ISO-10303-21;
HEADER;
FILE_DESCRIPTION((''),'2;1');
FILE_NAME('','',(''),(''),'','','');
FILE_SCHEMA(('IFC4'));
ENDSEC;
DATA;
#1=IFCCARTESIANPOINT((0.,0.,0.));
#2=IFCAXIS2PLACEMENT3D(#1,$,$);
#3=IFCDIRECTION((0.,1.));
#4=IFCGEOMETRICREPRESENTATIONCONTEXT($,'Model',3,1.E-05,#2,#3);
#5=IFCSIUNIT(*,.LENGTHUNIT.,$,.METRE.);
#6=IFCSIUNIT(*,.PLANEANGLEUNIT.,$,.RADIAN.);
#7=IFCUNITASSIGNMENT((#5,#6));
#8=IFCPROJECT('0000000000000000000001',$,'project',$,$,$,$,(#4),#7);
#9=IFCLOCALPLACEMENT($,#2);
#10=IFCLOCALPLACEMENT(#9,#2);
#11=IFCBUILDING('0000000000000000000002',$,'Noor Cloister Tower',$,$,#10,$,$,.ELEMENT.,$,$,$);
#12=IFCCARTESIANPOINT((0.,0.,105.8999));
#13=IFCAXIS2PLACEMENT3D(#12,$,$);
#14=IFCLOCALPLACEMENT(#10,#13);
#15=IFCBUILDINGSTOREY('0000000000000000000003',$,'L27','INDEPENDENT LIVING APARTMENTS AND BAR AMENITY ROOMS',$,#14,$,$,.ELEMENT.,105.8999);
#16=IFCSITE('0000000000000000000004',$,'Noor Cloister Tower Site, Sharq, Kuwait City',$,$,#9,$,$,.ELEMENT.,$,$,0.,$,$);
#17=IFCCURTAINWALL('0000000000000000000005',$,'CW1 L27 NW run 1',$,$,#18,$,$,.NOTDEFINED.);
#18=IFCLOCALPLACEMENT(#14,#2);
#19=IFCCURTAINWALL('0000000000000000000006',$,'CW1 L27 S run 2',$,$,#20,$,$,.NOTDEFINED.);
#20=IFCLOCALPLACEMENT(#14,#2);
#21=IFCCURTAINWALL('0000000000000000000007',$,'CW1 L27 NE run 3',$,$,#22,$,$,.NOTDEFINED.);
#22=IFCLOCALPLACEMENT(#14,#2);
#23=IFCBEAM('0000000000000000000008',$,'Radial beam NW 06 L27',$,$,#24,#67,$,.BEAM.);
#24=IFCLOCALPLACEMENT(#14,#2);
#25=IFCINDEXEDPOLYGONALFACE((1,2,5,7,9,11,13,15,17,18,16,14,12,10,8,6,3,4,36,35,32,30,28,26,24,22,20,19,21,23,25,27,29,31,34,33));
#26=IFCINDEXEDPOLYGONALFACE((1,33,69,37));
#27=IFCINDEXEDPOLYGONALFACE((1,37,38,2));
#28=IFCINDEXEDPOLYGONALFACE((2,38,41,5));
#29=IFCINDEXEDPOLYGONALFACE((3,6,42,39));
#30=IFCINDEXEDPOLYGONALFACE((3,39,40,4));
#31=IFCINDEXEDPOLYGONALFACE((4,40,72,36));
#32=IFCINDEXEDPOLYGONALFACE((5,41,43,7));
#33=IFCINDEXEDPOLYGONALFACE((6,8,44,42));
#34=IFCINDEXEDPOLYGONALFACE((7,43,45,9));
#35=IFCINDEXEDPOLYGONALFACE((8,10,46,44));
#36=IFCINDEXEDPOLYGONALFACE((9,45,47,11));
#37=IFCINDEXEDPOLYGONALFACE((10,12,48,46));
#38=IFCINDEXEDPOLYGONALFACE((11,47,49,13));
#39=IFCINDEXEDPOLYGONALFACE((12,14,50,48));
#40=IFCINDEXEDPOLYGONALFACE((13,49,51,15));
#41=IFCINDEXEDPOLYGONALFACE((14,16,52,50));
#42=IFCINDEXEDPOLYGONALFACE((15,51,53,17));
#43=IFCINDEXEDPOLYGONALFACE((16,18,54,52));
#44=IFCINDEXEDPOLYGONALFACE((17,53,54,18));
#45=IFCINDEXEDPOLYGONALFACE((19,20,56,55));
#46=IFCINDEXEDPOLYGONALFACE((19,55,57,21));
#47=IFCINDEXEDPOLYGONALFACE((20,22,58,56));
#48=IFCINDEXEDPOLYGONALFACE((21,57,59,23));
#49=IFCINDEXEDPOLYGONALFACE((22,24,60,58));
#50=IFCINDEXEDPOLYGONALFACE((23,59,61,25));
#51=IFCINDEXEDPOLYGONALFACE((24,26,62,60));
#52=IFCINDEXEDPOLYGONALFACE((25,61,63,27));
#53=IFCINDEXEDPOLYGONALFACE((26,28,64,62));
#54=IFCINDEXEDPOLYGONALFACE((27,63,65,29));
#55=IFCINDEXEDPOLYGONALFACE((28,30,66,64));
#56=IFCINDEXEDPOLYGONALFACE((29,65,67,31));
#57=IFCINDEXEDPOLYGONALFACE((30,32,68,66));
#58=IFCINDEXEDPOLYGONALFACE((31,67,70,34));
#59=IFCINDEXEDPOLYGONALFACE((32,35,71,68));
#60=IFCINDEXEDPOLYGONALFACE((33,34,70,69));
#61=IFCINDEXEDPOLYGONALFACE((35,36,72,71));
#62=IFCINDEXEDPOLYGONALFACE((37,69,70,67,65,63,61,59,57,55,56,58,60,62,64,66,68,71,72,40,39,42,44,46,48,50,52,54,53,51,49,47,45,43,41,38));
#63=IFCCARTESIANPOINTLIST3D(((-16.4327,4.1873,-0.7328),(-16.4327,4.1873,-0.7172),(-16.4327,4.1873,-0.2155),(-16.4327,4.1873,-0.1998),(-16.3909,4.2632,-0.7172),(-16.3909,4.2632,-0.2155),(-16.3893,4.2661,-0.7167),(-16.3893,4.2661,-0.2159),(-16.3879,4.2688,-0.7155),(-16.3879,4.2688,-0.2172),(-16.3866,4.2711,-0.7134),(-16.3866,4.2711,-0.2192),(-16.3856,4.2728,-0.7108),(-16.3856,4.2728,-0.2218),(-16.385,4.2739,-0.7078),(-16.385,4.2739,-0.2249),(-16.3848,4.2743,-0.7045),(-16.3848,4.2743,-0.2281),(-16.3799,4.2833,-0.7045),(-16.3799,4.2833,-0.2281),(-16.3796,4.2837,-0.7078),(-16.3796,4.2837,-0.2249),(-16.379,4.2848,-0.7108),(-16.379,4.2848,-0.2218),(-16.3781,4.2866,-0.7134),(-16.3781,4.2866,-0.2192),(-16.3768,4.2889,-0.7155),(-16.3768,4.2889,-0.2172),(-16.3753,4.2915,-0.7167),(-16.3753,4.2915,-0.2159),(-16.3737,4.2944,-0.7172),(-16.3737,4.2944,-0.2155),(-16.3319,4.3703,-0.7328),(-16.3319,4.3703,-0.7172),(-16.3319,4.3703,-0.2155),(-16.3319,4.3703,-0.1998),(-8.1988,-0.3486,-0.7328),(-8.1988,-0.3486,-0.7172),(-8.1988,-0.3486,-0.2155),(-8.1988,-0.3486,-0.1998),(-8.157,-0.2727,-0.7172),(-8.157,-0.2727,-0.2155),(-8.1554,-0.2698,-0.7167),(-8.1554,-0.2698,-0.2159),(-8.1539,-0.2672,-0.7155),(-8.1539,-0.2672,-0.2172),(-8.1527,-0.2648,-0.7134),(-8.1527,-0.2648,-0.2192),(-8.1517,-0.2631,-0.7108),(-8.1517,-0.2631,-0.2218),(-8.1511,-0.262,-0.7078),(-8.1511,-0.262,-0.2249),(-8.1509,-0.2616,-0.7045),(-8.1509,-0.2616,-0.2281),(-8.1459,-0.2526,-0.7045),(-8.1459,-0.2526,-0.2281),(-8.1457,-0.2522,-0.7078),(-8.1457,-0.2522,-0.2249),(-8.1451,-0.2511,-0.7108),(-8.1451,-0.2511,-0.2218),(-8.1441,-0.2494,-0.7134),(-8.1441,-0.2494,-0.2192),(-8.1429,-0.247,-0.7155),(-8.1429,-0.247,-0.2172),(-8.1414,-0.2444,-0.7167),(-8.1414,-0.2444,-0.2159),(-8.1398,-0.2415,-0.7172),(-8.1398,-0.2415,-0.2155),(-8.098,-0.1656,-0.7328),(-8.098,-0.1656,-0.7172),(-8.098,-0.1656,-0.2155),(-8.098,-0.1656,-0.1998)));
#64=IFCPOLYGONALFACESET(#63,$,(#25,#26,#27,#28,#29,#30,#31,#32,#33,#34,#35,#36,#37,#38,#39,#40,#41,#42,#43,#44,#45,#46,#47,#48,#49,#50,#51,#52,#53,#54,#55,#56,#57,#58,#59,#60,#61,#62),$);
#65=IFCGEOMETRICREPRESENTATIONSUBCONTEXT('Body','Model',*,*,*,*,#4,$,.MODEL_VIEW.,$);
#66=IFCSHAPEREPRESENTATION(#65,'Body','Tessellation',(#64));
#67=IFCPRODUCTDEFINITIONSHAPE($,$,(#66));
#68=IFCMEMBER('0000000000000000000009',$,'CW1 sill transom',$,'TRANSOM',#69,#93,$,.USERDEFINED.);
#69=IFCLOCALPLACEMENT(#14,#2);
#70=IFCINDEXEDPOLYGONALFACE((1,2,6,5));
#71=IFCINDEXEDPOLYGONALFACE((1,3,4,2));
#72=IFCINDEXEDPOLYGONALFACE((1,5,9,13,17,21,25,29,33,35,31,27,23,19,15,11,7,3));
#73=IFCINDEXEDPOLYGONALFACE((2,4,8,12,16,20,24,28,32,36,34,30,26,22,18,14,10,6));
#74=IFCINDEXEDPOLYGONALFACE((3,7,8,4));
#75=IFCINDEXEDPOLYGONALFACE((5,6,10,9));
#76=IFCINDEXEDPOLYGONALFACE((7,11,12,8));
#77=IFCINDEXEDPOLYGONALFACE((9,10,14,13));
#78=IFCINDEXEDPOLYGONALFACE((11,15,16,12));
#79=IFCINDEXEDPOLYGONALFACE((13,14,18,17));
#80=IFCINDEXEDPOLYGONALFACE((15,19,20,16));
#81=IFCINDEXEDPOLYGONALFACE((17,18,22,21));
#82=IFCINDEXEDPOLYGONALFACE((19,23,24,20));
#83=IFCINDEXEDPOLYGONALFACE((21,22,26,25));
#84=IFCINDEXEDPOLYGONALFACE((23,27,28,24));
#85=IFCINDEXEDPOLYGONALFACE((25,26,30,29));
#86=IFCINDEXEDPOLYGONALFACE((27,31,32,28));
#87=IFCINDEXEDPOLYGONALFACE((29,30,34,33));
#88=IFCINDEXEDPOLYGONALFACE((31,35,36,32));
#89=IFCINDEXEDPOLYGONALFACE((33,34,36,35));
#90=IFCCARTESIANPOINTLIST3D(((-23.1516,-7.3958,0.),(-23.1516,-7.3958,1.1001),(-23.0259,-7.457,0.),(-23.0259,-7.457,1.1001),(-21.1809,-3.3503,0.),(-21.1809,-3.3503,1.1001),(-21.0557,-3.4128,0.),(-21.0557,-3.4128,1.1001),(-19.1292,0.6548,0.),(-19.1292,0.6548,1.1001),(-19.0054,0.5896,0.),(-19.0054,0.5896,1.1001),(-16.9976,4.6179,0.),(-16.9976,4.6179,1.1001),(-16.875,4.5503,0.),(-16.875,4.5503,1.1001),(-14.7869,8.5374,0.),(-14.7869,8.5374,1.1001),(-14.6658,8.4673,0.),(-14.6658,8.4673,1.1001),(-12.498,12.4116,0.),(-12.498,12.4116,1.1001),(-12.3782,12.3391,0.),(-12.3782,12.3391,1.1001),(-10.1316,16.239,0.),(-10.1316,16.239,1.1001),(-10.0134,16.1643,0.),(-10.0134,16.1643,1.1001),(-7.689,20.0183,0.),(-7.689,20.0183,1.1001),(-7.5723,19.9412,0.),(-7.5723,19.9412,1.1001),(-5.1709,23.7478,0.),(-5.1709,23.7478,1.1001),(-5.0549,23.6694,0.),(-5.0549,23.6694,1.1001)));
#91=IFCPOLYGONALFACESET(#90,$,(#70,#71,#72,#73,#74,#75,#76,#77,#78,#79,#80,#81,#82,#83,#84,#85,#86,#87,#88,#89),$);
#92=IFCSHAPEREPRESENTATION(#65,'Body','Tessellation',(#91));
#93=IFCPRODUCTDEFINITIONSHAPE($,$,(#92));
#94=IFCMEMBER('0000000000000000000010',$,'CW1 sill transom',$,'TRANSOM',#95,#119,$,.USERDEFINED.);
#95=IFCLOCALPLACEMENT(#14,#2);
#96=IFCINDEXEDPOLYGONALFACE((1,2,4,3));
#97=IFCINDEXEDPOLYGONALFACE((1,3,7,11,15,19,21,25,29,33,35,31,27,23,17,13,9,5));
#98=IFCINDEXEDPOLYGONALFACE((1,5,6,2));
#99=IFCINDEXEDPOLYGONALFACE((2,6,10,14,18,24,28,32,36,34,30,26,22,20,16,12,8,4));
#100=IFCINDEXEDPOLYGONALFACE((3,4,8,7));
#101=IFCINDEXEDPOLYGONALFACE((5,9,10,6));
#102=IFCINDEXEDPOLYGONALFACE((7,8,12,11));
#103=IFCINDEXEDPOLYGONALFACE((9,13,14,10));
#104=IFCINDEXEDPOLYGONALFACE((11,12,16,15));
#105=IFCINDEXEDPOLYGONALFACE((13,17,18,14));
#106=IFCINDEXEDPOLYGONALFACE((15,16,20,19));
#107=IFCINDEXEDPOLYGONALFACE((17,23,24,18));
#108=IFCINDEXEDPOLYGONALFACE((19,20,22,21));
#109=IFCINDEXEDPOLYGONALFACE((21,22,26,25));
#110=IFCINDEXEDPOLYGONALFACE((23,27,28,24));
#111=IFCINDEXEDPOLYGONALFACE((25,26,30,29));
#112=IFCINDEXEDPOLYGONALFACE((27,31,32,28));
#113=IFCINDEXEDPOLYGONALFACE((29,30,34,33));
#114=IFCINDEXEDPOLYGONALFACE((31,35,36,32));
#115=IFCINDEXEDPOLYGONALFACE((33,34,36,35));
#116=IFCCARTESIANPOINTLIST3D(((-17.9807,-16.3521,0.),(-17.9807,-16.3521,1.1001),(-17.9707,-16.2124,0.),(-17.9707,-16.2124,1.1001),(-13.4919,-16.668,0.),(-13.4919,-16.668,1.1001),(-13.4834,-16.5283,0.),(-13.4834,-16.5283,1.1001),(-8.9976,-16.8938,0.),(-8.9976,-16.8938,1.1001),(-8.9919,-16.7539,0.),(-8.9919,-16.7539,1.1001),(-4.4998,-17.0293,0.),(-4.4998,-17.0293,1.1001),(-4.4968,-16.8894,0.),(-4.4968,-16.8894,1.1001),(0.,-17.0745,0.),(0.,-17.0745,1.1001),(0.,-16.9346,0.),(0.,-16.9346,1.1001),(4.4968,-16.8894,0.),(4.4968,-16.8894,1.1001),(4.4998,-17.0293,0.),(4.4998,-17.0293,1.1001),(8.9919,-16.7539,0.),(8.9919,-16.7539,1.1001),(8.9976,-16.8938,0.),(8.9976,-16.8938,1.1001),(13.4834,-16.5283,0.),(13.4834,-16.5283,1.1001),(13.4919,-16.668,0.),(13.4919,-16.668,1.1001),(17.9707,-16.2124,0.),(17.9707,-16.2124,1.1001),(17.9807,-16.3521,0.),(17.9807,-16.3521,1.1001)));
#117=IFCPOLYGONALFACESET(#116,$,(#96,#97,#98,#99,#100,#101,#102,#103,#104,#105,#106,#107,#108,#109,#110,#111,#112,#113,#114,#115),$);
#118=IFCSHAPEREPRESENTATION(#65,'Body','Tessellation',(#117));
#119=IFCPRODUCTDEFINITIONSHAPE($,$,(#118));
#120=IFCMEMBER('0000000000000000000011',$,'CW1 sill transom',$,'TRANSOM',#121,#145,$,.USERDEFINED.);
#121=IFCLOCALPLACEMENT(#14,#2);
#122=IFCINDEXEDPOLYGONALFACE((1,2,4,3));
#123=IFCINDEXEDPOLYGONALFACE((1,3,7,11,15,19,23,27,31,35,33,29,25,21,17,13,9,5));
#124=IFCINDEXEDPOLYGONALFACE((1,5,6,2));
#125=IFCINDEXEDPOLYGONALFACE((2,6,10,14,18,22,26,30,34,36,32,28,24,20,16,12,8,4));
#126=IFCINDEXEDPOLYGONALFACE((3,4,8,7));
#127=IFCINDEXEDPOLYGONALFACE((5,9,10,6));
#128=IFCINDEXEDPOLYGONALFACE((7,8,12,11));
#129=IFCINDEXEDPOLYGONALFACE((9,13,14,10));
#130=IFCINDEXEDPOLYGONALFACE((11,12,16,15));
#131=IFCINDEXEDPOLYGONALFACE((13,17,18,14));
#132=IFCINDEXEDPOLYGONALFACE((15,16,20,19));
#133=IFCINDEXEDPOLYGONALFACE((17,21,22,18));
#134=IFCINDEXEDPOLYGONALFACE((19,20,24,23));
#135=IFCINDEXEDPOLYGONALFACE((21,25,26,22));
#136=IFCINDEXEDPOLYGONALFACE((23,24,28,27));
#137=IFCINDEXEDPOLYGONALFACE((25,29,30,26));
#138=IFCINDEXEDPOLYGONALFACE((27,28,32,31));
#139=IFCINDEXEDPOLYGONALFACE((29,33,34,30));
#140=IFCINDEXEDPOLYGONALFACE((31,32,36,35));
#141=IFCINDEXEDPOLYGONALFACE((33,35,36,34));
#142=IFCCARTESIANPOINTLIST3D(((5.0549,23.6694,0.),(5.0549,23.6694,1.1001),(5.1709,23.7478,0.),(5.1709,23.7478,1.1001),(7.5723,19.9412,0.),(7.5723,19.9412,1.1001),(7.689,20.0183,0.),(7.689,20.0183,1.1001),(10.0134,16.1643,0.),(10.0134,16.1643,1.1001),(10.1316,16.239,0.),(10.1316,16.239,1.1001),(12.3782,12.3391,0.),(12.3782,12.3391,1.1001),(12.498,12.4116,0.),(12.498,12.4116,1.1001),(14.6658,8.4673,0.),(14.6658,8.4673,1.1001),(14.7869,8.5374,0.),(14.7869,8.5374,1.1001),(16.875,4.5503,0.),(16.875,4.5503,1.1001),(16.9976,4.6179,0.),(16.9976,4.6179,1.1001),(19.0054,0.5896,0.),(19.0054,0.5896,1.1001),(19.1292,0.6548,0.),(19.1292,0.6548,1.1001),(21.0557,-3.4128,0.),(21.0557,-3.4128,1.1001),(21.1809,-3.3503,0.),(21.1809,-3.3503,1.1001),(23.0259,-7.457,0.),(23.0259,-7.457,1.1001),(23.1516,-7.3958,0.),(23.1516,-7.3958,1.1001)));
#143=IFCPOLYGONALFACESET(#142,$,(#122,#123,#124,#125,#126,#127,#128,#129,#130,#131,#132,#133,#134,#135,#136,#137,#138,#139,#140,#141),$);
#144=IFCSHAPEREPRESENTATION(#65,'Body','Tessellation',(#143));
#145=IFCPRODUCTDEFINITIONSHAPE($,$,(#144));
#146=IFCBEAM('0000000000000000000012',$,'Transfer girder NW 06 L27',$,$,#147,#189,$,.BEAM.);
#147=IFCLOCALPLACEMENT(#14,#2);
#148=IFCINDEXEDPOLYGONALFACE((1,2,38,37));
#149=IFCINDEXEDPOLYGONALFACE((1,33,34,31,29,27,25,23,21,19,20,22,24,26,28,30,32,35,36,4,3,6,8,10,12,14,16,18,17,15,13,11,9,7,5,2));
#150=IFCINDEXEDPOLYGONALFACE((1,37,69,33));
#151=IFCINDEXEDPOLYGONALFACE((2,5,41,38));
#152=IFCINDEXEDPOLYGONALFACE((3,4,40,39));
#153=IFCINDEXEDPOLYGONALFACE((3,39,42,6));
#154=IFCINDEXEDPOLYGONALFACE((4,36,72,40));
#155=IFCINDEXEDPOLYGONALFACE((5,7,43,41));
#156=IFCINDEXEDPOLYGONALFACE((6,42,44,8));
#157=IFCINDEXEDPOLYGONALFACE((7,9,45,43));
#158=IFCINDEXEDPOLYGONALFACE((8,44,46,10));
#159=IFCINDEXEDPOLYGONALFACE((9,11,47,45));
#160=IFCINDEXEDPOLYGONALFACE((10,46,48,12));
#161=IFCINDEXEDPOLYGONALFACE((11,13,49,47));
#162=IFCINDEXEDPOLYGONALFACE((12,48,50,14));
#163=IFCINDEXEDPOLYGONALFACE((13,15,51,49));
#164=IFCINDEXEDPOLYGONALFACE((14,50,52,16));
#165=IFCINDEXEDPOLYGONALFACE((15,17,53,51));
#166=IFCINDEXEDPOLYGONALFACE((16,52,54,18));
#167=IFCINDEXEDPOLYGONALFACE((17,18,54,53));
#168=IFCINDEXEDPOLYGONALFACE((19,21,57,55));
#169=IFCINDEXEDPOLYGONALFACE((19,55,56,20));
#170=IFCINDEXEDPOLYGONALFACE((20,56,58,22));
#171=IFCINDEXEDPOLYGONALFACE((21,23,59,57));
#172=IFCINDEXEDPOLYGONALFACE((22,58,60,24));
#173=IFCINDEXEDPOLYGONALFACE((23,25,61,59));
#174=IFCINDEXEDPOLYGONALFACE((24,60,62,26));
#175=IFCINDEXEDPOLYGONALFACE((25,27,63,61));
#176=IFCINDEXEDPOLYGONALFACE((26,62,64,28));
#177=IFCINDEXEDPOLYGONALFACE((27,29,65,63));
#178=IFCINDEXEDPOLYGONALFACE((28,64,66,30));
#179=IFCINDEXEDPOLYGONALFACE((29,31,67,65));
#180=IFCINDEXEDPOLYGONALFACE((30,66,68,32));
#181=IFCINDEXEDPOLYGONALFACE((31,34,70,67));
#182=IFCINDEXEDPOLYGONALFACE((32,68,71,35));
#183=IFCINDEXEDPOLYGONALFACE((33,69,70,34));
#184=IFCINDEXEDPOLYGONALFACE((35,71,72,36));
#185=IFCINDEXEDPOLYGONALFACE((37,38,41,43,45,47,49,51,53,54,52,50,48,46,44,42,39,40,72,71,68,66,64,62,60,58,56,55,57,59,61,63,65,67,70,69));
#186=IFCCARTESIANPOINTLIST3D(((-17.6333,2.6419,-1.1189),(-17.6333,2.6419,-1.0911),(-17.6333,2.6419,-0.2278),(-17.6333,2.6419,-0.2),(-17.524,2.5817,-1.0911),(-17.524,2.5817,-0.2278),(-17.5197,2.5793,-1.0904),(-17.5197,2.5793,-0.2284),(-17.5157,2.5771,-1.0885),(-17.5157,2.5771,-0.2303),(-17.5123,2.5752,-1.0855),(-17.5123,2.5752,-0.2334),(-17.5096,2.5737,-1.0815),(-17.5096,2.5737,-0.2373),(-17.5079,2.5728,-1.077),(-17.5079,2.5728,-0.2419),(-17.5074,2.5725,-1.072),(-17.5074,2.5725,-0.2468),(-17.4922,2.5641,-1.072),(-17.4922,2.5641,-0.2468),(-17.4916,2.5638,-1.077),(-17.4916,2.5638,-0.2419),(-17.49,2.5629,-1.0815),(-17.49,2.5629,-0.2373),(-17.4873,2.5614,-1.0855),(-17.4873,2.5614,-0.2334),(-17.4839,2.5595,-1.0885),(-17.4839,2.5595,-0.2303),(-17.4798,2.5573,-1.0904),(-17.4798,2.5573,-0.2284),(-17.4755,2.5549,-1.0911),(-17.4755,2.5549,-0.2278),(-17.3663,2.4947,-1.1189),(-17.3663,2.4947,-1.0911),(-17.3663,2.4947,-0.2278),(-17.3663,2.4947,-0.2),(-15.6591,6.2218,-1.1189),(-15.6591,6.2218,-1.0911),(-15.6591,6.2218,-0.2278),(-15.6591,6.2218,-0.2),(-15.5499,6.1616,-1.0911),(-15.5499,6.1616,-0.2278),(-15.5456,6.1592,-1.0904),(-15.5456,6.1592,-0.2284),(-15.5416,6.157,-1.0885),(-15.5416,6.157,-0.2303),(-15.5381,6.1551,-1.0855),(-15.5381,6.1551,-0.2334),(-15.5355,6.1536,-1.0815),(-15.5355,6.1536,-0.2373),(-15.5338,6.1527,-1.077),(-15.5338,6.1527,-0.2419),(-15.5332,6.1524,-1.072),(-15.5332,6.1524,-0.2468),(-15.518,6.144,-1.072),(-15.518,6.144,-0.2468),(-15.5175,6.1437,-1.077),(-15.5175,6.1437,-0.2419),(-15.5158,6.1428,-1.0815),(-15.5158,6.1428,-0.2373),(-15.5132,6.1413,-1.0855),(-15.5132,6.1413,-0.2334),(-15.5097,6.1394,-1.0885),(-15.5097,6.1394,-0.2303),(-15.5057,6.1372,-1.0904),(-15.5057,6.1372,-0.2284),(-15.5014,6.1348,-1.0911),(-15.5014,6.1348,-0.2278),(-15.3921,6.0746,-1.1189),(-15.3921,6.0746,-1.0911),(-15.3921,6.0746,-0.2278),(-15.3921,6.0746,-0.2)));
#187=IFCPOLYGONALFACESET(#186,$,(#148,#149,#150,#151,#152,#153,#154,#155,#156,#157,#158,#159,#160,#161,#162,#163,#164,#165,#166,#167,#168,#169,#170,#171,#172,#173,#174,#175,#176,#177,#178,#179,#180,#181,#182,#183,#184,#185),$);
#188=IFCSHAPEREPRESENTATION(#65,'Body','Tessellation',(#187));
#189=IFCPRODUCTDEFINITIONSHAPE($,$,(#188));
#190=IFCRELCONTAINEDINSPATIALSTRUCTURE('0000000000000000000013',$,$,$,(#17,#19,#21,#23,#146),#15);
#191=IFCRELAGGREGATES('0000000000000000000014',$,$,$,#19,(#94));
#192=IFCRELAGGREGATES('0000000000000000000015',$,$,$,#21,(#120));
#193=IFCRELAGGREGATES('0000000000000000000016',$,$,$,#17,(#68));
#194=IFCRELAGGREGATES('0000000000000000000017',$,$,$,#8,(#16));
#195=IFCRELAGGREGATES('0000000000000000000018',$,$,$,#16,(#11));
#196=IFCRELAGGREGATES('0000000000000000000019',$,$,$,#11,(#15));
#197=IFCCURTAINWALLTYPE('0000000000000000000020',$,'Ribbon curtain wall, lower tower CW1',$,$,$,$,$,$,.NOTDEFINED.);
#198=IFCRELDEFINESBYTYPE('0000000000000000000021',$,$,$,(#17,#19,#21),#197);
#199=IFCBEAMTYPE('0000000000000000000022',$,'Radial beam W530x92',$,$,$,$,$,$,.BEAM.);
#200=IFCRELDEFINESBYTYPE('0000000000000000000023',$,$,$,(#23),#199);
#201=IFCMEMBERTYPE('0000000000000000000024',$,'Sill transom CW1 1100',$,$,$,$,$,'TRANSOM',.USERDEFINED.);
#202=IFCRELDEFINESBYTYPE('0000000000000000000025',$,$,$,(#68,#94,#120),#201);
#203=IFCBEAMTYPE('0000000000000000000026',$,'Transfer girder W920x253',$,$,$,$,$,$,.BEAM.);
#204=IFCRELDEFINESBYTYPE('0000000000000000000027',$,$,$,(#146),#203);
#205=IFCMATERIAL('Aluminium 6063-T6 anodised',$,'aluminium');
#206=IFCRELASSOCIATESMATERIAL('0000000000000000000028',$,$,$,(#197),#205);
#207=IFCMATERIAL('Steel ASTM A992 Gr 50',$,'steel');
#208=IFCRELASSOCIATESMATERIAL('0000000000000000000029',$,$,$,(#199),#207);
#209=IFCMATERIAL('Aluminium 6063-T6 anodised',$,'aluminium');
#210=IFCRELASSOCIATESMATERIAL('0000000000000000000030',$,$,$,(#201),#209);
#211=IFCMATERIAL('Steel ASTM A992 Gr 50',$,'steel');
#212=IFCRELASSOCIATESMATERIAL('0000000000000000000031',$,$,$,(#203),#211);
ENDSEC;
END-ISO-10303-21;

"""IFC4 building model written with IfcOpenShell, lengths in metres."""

from ifc_helpers import new_model, si_unit, direction, frame, origin, origin_2d, place, context, subcontext, project, spatial, polyline, i_section, outline, extrude, material, material_profile, profile_set, type_object, element, aggregate, save


model = new_model("IFC4")

# Units and contexts
model_context = context("Model", 3, precision=1e-05, world=origin(), true_north=direction((0.0, 1.0)))
body_context = subcontext(model_context, "Body", "Model", "MODEL_VIEW")
ifc_project = project(units=[si_unit("LENGTHUNIT", "METRE"), si_unit("PLANEANGLEUNIT", "RADIAN")], contexts=[model_context])

# Site, building, storey
site_placement = place(None, origin())
site = spatial("IfcSite", under=ifc_project, at=site_placement, Name="Noor Cloister Tower Site, Sharq, Kuwait City", CompositionType="ELEMENT", RefElevation=0.0)
building_placement = place(site_placement, origin())
building = spatial("IfcBuilding", under=site, at=building_placement, Name="Noor Cloister Tower", CompositionType="ELEMENT")
storey_placement = place(building_placement, frame((0.0, 0.0, 105.8999)))
storey = spatial("IfcBuildingStorey", under=building, at=storey_placement, Name="L27", Description="INDEPENDENT LIVING APARTMENTS AND BAR AMENITY ROOMS", CompositionType="ELEMENT", Elevation=105.8999)

# Curtain walls
ifc_material_1 = material(Name="Aluminium 6063-T6 anodised", Category="aluminium")
curtain_wall_type = type_object("IfcCurtainWallType", Name="Ribbon curtain wall, lower tower CW1", PredefinedType="NOTDEFINED", material=ifc_material_1)
curtain_wall_1_placement = place(storey_placement, origin())
curtain_wall_1 = element("IfcCurtainWall", 1, at=curtain_wall_1_placement, inside=storey, type_object=curtain_wall_type, Name="CW1 L27 NW run 1", PredefinedType="NOTDEFINED")
curtain_wall_2_placement = place(storey_placement, origin())
curtain_wall_2 = element("IfcCurtainWall", 2, at=curtain_wall_2_placement, inside=storey, type_object=curtain_wall_type, Name="CW1 L27 S run 2", PredefinedType="NOTDEFINED")
curtain_wall_3_placement = place(storey_placement, origin())
curtain_wall_3 = element("IfcCurtainWall", 3, at=curtain_wall_3_placement, inside=storey, type_object=curtain_wall_type, Name="CW1 L27 NE run 3", PredefinedType="NOTDEFINED")

# Beam
ifc_material_2 = material(Name="Steel ASTM A992 Gr 50", Category="steel")
ifc_material_profile_1 = material_profile(ifc_material_2, i_section(OverallWidth=0.209, OverallDepth=0.533, WebThickness=0.0103, FlangeThickness=0.0156, FilletRadius=0.0127, at=origin_2d()), Name="W530x92")
ifc_profile_set_1 = profile_set([ifc_material_profile_1], Name="Steel ASTM A992 Gr 50")
beam_type_1 = type_object("IfcBeamType", Name="Radial beam W530x92", PredefinedType="BEAM", material=ifc_profile_set_1)
beam_1_placement = place(storey_placement, frame((-16.3823, 4.2788, -0.4663), z_axis=(0.87589, -0.482511, 0.0), x_axis=(0.482511, 0.87589, 0.0)))
element("IfcBeam", 4, at=beam_1_placement, inside=storey, type_object=beam_type_1, Name="Radial beam NW 06 L27", PredefinedType="BEAM", context=body_context, shape_type="SweptSolid", body=[
    extrude(i_section(OverallWidth=0.209, OverallDepth=0.533, WebThickness=0.0103, FlangeThickness=0.0156, FilletRadius=0.0127, at=origin_2d()), origin(), (0.0, 0.0, 1.0), 9.4006),
])

# Members
ifc_material_3 = material(Name="Aluminium 6063-T6 anodised", Category="aluminium")
member_type_1 = type_object("IfcMemberType", Name="Sill transom CW1 1100", ElementType="TRANSOM", PredefinedType="USERDEFINED", material=ifc_material_3)
member_1_placement = place(storey_placement, origin())
member_1 = element("IfcMember", 5, at=member_1_placement, type_object=member_type_1, Name="CW1 sill transom", ObjectType="TRANSOM", PredefinedType="USERDEFINED", context=body_context, shape_type="SweptSolid", body=[
    extrude(outline(polyline([(-5.1709, 23.7478), (-7.689, 20.0183), (-10.1316, 16.239), (-12.498, 12.4116), (-14.7869, 8.5374), (-16.9976, 4.6179), (-19.1292, 0.6548), (-21.1809, -3.3503), (-23.1516, -7.3958), (-23.0259, -7.457), (-21.0557, -3.4128), (-19.0054, 0.5896), (-16.875, 4.5503), (-14.6658, 8.4673), (-12.3782, 12.3391), (-10.0134, 16.1643), (-7.5723, 19.9412), (-5.0549, 23.6694), (-5.1709, 23.7478)])), origin(), (0.0, 0.0, 1.0), 1.1001),
])
member_2_placement = place(storey_placement, origin())
member_2 = element("IfcMember", 6, at=member_2_placement, type_object=member_type_1, Name="CW1 sill transom", ObjectType="TRANSOM", PredefinedType="USERDEFINED", context=body_context, shape_type="SweptSolid", body=[
    extrude(outline(polyline([(-17.9807, -16.3521), (-13.4919, -16.668), (-8.9976, -16.8938), (-4.4998, -17.0293), (0.0, -17.0745), (4.4998, -17.0293), (8.9976, -16.8938), (13.4919, -16.668), (17.9807, -16.3521), (17.9707, -16.2124), (13.4834, -16.5283), (8.9919, -16.7539), (4.4968, -16.8894), (0.0, -16.9346), (-4.4968, -16.8894), (-8.9919, -16.7539), (-13.4834, -16.5283), (-17.9707, -16.2124), (-17.9807, -16.3521)])), origin(), (0.0, 0.0, 1.0), 1.1001),
])
aggregate(curtain_wall_2, [member_2])
member_3_placement = place(storey_placement, origin())
member_3 = element("IfcMember", 7, at=member_3_placement, type_object=member_type_1, Name="CW1 sill transom", ObjectType="TRANSOM", PredefinedType="USERDEFINED", context=body_context, shape_type="SweptSolid", body=[
    extrude(outline(polyline([(23.1516, -7.3958), (21.1809, -3.3503), (19.1292, 0.6548), (16.9976, 4.6179), (14.7869, 8.5374), (12.498, 12.4116), (10.1316, 16.239), (7.689, 20.0183), (5.1709, 23.7478), (5.0549, 23.6694), (7.5723, 19.9412), (10.0134, 16.1643), (12.3782, 12.3391), (14.6658, 8.4673), (16.875, 4.5503), (19.0054, 0.5896), (21.0557, -3.4128), (23.0259, -7.457), (23.1516, -7.3958)])), origin(), (0.0, 0.0, 1.0), 1.1001),
])
aggregate(curtain_wall_3, [member_3])

# Beam
ifc_material_4 = material(Name="Steel ASTM A992 Gr 50", Category="steel")
ifc_material_profile_2 = material_profile(ifc_material_4, i_section(OverallWidth=0.3049, OverallDepth=0.9189, WebThickness=0.0173, FlangeThickness=0.0278, FilletRadius=0.019, at=origin_2d()), Name="W920x253")
ifc_profile_set_2 = profile_set([ifc_material_profile_2], Name="Steel ASTM A992 Gr 50")
beam_type_2 = type_object("IfcBeamType", Name="Transfer girder W920x253", PredefinedType="BEAM", material=ifc_profile_set_2)
for number, where, z_axis, x_axis, name in (
    (8, (-15.5256, 6.1482, -0.6594), (-0.482897, -0.875677, 0.0), (0.875677, -0.482897, 0.0), "Transfer girder NW 06 L27"),
):
    element("IfcBeam", number, at=place(storey_placement, frame(where, z_axis=z_axis, x_axis=x_axis)), inside=storey, type_object=beam_type_2, Name=name, PredefinedType="BEAM", context=body_context, shape_type="SweptSolid", body=[
        extrude(i_section(OverallWidth=0.3049, OverallDepth=0.9189, WebThickness=0.0173, FlangeThickness=0.0278, FilletRadius=0.019, at=origin_2d()), origin(), (0.0, 0.0, 1.0), 4.0881),
    ])

aggregate(curtain_wall_1, [member_1])

save(model, "model.ifc")
